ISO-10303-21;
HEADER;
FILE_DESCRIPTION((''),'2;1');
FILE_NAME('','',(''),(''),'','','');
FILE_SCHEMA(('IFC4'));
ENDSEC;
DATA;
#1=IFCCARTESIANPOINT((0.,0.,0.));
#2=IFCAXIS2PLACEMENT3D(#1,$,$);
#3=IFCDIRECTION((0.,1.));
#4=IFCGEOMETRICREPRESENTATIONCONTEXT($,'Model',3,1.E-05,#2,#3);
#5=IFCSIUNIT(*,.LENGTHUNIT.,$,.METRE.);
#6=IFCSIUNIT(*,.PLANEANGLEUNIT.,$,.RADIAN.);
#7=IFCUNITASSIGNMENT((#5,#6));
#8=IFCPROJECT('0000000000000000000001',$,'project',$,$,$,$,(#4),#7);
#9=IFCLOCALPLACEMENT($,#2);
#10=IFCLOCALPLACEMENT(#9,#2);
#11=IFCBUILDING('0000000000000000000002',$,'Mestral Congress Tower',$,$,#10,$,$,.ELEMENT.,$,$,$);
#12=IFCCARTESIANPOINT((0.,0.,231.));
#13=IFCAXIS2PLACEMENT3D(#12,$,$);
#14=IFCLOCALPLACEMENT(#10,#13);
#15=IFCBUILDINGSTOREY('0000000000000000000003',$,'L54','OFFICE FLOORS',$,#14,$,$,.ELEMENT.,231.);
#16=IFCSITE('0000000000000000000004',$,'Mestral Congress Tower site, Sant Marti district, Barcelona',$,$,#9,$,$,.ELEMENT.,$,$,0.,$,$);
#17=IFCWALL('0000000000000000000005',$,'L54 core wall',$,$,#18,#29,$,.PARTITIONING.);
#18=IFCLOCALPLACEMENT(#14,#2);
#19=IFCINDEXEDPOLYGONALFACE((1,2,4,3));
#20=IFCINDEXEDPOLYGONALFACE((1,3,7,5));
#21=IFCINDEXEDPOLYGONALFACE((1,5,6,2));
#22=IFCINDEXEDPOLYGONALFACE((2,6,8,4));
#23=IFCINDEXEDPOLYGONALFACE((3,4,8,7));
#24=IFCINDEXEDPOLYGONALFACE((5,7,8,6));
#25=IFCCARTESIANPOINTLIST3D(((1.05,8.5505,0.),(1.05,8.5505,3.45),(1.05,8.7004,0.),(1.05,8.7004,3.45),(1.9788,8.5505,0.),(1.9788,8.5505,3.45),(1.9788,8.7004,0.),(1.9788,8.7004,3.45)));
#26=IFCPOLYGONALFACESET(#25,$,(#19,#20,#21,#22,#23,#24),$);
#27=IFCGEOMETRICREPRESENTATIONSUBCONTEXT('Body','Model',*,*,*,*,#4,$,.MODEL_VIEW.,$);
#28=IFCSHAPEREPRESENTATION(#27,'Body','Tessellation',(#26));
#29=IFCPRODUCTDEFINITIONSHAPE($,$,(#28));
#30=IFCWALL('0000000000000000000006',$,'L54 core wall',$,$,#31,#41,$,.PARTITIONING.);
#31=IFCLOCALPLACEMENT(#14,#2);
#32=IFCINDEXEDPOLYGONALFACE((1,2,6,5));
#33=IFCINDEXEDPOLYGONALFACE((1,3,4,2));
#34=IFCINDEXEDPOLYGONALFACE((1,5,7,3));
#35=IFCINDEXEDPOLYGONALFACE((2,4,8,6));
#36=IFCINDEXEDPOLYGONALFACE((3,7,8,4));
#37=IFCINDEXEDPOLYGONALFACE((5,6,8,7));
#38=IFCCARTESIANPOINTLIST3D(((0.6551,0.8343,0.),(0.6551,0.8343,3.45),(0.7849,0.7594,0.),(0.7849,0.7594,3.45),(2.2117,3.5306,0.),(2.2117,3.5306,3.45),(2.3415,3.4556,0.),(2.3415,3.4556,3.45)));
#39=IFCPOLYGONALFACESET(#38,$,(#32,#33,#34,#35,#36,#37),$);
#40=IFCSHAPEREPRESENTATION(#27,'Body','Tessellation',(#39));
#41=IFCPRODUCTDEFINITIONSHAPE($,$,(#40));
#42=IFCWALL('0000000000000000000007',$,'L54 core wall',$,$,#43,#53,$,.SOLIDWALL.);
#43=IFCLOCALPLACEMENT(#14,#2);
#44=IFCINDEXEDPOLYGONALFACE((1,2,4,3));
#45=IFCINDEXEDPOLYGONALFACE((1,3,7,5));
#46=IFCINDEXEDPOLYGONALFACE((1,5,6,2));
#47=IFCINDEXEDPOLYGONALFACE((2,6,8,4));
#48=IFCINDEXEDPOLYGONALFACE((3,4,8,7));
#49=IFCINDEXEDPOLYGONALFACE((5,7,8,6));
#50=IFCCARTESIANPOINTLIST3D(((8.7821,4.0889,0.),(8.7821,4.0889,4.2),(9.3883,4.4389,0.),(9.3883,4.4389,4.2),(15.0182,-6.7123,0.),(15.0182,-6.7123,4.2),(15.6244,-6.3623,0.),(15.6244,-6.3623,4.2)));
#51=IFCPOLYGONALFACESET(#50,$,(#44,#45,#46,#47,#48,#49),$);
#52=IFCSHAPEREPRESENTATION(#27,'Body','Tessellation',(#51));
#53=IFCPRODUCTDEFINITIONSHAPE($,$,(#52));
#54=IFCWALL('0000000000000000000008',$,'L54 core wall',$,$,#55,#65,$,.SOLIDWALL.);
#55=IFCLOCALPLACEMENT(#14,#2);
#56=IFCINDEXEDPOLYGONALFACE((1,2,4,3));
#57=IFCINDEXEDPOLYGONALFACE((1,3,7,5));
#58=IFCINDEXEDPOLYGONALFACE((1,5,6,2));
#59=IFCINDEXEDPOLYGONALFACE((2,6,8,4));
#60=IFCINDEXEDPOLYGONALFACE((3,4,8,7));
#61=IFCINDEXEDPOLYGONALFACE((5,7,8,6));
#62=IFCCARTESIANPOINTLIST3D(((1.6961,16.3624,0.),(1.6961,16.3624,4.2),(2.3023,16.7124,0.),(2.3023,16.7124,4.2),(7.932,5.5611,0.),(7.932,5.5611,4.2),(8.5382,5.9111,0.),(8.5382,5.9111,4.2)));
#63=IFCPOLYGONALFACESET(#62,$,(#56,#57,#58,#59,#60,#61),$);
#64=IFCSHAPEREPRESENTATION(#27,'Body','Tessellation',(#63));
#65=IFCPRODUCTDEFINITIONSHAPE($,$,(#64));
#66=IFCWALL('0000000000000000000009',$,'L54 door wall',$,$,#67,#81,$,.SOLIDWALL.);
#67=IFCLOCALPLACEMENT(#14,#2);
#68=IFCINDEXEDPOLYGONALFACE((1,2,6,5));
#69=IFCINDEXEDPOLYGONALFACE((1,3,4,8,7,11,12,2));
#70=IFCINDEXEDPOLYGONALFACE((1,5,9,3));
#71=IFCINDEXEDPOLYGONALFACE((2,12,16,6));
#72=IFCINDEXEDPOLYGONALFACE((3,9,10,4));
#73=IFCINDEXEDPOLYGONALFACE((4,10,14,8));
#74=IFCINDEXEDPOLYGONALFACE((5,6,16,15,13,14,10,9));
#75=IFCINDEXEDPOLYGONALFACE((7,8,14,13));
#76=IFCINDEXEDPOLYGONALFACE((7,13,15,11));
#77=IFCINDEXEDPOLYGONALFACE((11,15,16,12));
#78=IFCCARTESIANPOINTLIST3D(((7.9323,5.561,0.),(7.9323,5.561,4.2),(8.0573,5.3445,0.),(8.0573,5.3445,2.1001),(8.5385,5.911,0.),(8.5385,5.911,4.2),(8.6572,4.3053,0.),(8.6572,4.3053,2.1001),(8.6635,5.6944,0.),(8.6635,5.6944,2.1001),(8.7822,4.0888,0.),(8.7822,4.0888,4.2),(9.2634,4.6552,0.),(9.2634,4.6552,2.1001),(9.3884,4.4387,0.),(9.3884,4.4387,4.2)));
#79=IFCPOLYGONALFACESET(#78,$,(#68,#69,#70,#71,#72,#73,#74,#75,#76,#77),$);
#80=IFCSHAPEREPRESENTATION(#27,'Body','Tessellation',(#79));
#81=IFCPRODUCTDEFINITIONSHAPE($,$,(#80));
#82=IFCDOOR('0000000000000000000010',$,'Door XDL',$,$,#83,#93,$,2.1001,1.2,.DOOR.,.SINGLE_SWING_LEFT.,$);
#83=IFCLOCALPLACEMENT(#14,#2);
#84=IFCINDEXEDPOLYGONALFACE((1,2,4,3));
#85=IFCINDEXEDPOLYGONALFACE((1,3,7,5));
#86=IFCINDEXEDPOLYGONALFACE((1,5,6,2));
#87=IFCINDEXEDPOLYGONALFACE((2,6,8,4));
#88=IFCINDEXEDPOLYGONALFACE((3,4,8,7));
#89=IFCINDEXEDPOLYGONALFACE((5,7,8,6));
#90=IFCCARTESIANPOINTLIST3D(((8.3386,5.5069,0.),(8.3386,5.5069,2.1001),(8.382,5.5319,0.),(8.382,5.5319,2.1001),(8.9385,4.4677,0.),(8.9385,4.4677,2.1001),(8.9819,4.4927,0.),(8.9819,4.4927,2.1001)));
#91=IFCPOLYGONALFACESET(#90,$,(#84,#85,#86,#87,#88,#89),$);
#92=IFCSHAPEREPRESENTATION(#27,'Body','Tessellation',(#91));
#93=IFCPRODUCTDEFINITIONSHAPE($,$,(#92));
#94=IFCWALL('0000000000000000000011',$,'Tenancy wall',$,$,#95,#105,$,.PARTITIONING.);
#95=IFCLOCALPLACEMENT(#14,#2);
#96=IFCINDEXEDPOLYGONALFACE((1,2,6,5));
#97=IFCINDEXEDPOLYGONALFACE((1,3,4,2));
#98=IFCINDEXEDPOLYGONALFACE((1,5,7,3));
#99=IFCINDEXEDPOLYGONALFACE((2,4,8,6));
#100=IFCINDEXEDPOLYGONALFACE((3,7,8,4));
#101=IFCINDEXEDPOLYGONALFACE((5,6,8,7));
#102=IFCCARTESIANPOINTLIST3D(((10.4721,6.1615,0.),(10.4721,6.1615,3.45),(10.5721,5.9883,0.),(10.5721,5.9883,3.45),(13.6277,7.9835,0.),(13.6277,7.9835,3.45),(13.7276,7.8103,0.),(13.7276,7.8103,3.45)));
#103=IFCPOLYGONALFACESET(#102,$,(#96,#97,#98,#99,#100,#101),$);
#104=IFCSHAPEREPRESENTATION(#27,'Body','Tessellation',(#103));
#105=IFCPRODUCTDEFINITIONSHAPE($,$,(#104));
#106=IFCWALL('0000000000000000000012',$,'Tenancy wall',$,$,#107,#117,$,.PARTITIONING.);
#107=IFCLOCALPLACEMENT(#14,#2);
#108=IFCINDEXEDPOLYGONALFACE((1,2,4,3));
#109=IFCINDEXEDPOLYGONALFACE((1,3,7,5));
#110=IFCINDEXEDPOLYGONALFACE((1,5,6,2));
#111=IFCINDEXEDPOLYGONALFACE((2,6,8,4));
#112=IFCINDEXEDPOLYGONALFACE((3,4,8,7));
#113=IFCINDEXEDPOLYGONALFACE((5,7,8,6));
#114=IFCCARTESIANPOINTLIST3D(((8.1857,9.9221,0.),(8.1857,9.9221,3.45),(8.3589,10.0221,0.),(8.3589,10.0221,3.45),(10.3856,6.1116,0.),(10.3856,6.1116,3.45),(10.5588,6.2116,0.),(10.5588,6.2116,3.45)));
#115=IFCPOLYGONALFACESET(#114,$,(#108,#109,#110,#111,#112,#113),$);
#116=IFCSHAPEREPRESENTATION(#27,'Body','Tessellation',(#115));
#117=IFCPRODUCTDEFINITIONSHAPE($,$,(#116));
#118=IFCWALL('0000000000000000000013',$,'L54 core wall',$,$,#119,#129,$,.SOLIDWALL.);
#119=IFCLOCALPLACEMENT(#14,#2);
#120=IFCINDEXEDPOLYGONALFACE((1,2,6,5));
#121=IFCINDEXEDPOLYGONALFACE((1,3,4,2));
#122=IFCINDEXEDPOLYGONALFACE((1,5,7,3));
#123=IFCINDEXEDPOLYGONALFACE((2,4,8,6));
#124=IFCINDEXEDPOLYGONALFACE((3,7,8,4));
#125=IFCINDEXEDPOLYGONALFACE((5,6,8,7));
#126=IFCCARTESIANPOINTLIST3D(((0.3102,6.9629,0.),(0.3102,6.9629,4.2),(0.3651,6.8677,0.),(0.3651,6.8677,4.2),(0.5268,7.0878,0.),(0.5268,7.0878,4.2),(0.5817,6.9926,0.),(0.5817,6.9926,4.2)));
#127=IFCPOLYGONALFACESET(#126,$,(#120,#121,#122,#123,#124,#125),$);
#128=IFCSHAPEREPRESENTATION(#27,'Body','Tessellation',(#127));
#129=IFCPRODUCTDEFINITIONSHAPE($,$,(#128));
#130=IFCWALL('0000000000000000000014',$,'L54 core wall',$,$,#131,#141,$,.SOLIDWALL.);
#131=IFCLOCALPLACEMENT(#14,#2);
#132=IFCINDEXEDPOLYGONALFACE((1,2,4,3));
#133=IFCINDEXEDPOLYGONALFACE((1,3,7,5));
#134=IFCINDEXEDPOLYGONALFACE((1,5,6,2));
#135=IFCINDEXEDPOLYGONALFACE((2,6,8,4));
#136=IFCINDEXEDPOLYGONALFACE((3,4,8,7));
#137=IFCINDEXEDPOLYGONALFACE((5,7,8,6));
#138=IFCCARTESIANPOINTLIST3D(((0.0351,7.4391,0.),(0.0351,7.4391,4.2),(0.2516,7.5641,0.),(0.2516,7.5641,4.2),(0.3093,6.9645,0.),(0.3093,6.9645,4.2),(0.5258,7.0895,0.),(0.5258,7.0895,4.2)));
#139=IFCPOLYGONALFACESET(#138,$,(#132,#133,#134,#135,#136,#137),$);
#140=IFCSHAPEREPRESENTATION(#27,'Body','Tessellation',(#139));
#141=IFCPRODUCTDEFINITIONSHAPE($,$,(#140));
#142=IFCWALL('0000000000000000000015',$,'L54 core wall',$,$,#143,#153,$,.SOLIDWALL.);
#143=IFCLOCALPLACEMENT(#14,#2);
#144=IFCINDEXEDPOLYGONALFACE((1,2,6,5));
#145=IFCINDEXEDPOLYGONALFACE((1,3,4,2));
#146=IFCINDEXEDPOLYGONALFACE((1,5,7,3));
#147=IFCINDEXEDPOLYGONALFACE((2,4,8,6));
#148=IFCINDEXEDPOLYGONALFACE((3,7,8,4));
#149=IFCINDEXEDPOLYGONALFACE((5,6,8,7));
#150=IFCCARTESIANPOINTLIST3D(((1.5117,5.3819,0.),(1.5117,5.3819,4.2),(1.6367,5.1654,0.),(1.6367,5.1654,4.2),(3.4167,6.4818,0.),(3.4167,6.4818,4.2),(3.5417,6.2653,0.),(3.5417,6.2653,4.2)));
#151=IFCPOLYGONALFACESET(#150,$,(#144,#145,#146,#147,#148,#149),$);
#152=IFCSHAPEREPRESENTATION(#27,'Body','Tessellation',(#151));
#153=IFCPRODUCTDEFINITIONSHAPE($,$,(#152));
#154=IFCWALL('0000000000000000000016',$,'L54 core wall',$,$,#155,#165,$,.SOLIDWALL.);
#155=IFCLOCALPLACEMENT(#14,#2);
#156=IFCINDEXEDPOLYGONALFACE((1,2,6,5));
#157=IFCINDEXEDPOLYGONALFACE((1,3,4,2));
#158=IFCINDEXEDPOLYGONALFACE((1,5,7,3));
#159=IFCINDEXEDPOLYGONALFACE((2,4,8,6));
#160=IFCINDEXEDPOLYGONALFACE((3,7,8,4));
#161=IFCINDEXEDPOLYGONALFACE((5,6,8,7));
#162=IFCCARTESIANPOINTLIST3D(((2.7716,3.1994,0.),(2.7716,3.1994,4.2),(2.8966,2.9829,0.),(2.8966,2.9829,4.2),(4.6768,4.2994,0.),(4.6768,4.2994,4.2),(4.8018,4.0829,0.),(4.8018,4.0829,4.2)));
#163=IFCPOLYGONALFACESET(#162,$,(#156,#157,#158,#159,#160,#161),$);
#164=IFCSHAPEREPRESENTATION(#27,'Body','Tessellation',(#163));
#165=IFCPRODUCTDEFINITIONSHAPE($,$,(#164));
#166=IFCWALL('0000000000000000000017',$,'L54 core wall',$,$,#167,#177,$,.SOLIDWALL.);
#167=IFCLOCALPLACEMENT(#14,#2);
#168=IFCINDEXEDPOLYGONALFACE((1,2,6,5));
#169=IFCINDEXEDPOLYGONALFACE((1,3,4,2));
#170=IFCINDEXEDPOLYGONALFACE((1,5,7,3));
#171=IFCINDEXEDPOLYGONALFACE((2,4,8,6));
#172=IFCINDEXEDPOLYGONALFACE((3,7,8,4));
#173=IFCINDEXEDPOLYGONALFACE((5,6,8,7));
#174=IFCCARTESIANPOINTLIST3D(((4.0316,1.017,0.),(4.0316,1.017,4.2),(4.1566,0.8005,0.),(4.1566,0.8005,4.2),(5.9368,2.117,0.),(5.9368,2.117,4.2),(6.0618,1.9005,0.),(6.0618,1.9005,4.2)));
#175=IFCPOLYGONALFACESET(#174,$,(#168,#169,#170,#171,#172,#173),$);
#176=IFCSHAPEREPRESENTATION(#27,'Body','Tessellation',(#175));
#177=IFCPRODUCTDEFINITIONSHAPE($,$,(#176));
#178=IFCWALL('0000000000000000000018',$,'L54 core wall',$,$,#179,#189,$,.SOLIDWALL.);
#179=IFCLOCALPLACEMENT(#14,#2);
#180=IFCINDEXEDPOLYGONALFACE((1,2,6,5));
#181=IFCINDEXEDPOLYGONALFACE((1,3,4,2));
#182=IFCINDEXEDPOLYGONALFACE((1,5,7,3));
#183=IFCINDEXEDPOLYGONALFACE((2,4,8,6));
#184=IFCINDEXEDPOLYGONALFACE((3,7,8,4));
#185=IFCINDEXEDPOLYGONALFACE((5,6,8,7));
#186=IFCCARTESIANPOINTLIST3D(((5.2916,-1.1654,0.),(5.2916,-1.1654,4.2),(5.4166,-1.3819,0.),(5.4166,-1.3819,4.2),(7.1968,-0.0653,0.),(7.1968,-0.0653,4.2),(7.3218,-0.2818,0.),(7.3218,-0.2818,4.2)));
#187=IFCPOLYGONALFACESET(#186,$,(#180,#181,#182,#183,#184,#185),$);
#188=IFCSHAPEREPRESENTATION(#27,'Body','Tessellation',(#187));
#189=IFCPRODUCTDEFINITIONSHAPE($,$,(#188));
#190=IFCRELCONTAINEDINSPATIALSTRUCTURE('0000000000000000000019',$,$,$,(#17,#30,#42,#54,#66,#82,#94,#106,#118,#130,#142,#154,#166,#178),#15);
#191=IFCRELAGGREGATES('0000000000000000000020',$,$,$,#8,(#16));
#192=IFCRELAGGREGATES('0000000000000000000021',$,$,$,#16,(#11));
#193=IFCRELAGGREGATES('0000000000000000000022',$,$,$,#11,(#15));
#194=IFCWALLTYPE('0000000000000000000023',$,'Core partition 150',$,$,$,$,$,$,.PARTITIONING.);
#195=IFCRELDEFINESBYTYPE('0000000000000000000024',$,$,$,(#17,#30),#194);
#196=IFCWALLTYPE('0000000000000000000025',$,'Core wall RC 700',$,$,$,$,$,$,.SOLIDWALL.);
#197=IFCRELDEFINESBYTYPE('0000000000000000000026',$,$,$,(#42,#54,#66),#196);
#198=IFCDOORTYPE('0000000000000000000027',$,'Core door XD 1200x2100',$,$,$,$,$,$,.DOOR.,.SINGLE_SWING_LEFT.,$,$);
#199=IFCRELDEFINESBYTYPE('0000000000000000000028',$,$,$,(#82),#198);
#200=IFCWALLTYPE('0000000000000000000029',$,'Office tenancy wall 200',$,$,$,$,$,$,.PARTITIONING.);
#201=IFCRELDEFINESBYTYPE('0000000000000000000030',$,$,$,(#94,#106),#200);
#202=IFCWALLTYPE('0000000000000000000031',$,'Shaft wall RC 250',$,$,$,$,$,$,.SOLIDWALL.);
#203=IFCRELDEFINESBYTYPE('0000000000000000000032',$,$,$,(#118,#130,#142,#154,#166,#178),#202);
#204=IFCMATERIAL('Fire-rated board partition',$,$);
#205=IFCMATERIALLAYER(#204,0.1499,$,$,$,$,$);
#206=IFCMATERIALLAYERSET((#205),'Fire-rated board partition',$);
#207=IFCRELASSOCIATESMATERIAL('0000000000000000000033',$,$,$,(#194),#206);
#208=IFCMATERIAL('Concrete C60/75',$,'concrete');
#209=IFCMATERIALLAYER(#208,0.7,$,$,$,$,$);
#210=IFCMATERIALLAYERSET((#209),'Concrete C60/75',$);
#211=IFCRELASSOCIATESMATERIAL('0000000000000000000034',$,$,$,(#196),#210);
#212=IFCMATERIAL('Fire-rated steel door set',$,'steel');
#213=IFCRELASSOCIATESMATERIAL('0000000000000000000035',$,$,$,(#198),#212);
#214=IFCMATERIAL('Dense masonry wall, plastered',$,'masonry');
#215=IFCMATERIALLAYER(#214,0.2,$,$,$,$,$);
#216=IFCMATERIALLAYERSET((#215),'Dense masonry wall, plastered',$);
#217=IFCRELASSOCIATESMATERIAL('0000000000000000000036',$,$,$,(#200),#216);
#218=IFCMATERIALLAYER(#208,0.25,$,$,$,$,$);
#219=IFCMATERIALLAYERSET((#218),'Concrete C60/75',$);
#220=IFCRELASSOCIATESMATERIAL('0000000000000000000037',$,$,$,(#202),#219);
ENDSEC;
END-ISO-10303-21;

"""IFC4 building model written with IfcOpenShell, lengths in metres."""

from ifc_helpers import new_model, si_unit, direction, frame, frame_2d, origin, place, context, subcontext, project, spatial, rectangle, extrude, material, layer, layer_set, type_object, element, fill, save


model = new_model("IFC4")

# Units and contexts
model_context = context("Model", 3, precision=1e-05, world=origin(), true_north=direction((0.0, 1.0)))
body_context = subcontext(model_context, "Body", "Model", "MODEL_VIEW")
ifc_project = project(units=[si_unit("LENGTHUNIT", "METRE"), si_unit("PLANEANGLEUNIT", "RADIAN")], contexts=[model_context])

# Site, building, storey
site_placement = place(None, origin())
site = spatial("IfcSite", under=ifc_project, at=site_placement, Name="Mestral Congress Tower site, Sant Marti district, Barcelona", CompositionType="ELEMENT", RefElevation=0.0)
building_placement = place(site_placement, origin())
building = spatial("IfcBuilding", under=site, at=building_placement, Name="Mestral Congress Tower", CompositionType="ELEMENT")
storey_placement = place(building_placement, frame((0.0, 0.0, 231.0)))
storey = spatial("IfcBuildingStorey", under=building, at=storey_placement, Name="L54", Description="OFFICE FLOORS", CompositionType="ELEMENT", Elevation=231.0)

# Walls
ifc_material_1 = material(Name="Fire-rated board partition")
ifc_layer_1 = layer(ifc_material_1, 0.1499)
ifc_layer_set_1 = layer_set([ifc_layer_1], Name="Fire-rated board partition")
wall_type_1 = type_object("IfcWallType", Name="Core partition 150", PredefinedType="PARTITIONING", material=ifc_layer_set_1)
wall_1_placement = place(storey_placement, frame((1.05, 8.6255, 0.0), z_axis=(0.0, 0.0, 1.0), x_axis=(1.0, 0.0, 0.0)))
element("IfcWall", 1, at=wall_1_placement, inside=storey, type_object=wall_type_1, Name="L54 core wall", PredefinedType="PARTITIONING", context=body_context, shape_type="SweptSolid", body=[
    extrude(rectangle(XDim=0.9287, YDim=0.1499, at=frame_2d((0.4644, 0.0))), origin(), (0.0, 0.0, 1.0), 3.45),
])
wall_2_placement = place(storey_placement, frame((0.72, 0.7969, 0.0), z_axis=(0.0, 0.0, 1.0), x_axis=(0.499985, 0.866034, 0.0)))
element("IfcWall", 2, at=wall_2_placement, inside=storey, type_object=wall_type_1, Name="L54 core wall", PredefinedType="PARTITIONING", context=body_context, shape_type="SweptSolid", body=[
    extrude(rectangle(XDim=3.1133, YDim=0.1499, at=frame_2d((1.5566, 0.0))), origin(), (0.0, 0.0, 1.0), 3.45),
])
ifc_material_2 = material(Name="Concrete C60/75", Category="concrete")
ifc_layer_2 = layer(ifc_material_2, 0.7)
ifc_layer_set_2 = layer_set([ifc_layer_2], Name="Concrete C60/75")
wall_type_2 = type_object("IfcWallType", Name="Core wall RC 700", PredefinedType="SOLIDWALL", material=ifc_layer_set_2)
for number, where, z_axis, x_axis, name in (
    (3, (9.0852, 4.2639, 0.0), (0.0, 0.0, 1.0), (0.499998, -0.866027, 0.0), "L54 core wall"),
    (4, (8.2351, 5.7361, 0.0), (0.0, 0.0, 1.0), (-0.499983, 0.866035, 0.0), "L54 core wall"),
):
    element("IfcWall", number, at=place(storey_placement, frame(where, z_axis=z_axis, x_axis=x_axis)), inside=storey, type_object=wall_type_2, Name=name, PredefinedType="SOLIDWALL", context=body_context, shape_type="SweptSolid", body=[
        extrude(rectangle(XDim=12.4722, YDim=0.7, at=frame_2d((6.2361, 0.0))), origin(), (0.0, 0.0, 1.0), 4.2),
    ])

# Wall, opening, door
wall_3_placement = place(storey_placement, frame((8.2354, 5.7361, 0.0), z_axis=(0.0, 0.0, 1.0), x_axis=(0.499955, -0.866052, 0.0)))
wall_3 = element("IfcWall", 5, at=wall_3_placement, inside=storey, type_object=wall_type_2, Name="L54 door wall", PredefinedType="SOLIDWALL", context=body_context, shape_type="SweptSolid", body=[
    extrude(rectangle(XDim=1.7, YDim=0.7, at=frame_2d((0.8501, 0.0))), origin(), (0.0, 0.0, 1.0), 4.2),
])
opening_1_placement = place(wall_3_placement, frame((0.25, 0.0, 0.0)))
opening_1 = element("IfcOpeningElement", 6, at=opening_1_placement, cuts=wall_3, PredefinedType="OPENING", context=body_context, shape_type="SweptSolid", body=[
    extrude(rectangle(XDim=1.2, YDim=2.1001, at=frame_2d((0.6001, 1.05))), frame((0.0, 0.3599, 0.0), z_axis=(0.0, -1.0, 0.0), x_axis=(1.0, 0.0, 0.0)), (0.0, 0.0, 1.0), 0.72),
])
ifc_material_3 = material(Name="Fire-rated steel door set", Category="steel")
door_type_1 = type_object("IfcDoorType", Name="Core door XD 1200x2100", OperationType="SINGLE_SWING_LEFT", PredefinedType="DOOR", material=ifc_material_3)
door_1_placement = place(opening_1_placement, origin())
door_1 = element("IfcDoor", 7, at=door_1_placement, inside=storey, type_object=door_type_1, Name="Door XDL", OperationType="SINGLE_SWING_LEFT", OverallHeight=2.1001, OverallWidth=1.2, PredefinedType="DOOR", context=body_context, shape_type="SweptSolid", body=[
    extrude(rectangle(XDim=1.2, YDim=2.1001, at=frame_2d((0.6001, 1.05))), frame((0.0, 0.0249, 0.0), z_axis=(0.0, -1.0, 0.0), x_axis=(1.0, 0.0, 0.0)), (0.0, 0.0, 1.0), 0.05),
])
fill(opening_1, door_1)

# Walls
ifc_material_4 = material(Name="Dense masonry wall, plastered", Category="masonry")
ifc_layer_3 = layer(ifc_material_4, 0.2)
ifc_layer_set_3 = layer_set([ifc_layer_3], Name="Dense masonry wall, plastered")
wall_type_3 = type_object("IfcWallType", Name="Office tenancy wall 200", PredefinedType="PARTITIONING", material=ifc_layer_set_3)
wall_4_placement = place(storey_placement, frame((10.5222, 6.075, 0.0), z_axis=(0.0, 0.0, 1.0), x_axis=(0.866004, 0.500038, 0.0)))
element("IfcWall", 8, at=wall_4_placement, inside=storey, type_object=wall_type_3, Name="Tenancy wall", PredefinedType="PARTITIONING", context=body_context, shape_type="SweptSolid", body=[
    extrude(rectangle(XDim=3.6438, YDim=0.2, at=frame_2d((1.8218, 0.0))), origin(), (0.0, 0.0, 1.0), 3.45),
])
wall_5_placement = place(storey_placement, frame((10.4722, 6.1616, 0.0), z_axis=(0.0, 0.0, 1.0), x_axis=(-0.499988, 0.866032, 0.0)))
element("IfcWall", 9, at=wall_5_placement, inside=storey, type_object=wall_type_3, Name="Tenancy wall", PredefinedType="PARTITIONING", context=body_context, shape_type="SweptSolid", body=[
    extrude(rectangle(XDim=4.3999, YDim=0.2, at=frame_2d((2.2, 0.0))), origin(), (0.0, 0.0, 1.0), 3.45),
])
ifc_layer_4 = layer(ifc_material_2, 0.25)
ifc_layer_set_4 = layer_set([ifc_layer_4], Name="Concrete C60/75")
wall_type_4 = type_object("IfcWallType", Name="Shaft wall RC 250", PredefinedType="SOLIDWALL", material=ifc_layer_set_4)
wall_6_placement = place(storey_placement, frame((0.4734, 6.9302, 0.0), z_axis=(0.0, 0.0, 1.0), x_axis=(-0.499722, 0.866186, 0.0)))
element("IfcWall", 10, at=wall_6_placement, inside=storey, type_object=wall_type_4, Name="L54 core wall", PredefinedType="SOLIDWALL", context=body_context, shape_type="SweptSolid", body=[
    extrude(rectangle(XDim=0.1099, YDim=0.25, at=frame_2d((0.0549, 0.0))), origin(), (0.0, 0.0, 1.0), 4.2),
])
wall_7_placement = place(storey_placement, frame((0.4175, 7.0271, 0.0), z_axis=(0.0, 0.0, 1.0), x_axis=(-0.500211, 0.865904, 0.0)))
element("IfcWall", 11, at=wall_7_placement, inside=storey, type_object=wall_type_4, Name="L54 core wall", PredefinedType="SOLIDWALL", context=body_context, shape_type="SweptSolid", body=[
    extrude(rectangle(XDim=0.5481, YDim=0.25, at=frame_2d((0.2739, 0.0))), origin(), (0.0, 0.0, 1.0), 4.2),
])
wall_8_placement = place(storey_placement, frame((1.5742, 5.2737, 0.0), z_axis=(0.0, 0.0, 1.0), x_axis=(0.866028, 0.499995, 0.0)))
element("IfcWall", 12, at=wall_8_placement, inside=storey, type_object=wall_type_4, Name="L54 core wall", PredefinedType="SOLIDWALL", context=body_context, shape_type="SweptSolid", body=[
    extrude(rectangle(XDim=2.1997, YDim=0.25, at=frame_2d((1.0999, 0.0))), origin(), (0.0, 0.0, 1.0), 4.2),
])
for number, where, z_axis, x_axis, name in (
    (13, (2.834, 3.0911, 0.0), (0.0, 0.0, 1.0), (0.866008, 0.50003, 0.0), "L54 core wall"),
    (14, (4.094, 0.9087, 0.0), (0.0, 0.0, 1.0), (0.866008, 0.50003, 0.0), "L54 core wall"),
    (15, (5.354, -1.2737, 0.0), (0.0, 0.0, 1.0), (0.866008, 0.50003, 0.0), "L54 core wall"),
):
    element("IfcWall", number, at=place(storey_placement, frame(where, z_axis=z_axis, x_axis=x_axis)), inside=storey, type_object=wall_type_4, Name=name, PredefinedType="SOLIDWALL", context=body_context, shape_type="SweptSolid", body=[
        extrude(rectangle(XDim=2.2, YDim=0.25, at=frame_2d((1.1001, 0.0))), origin(), (0.0, 0.0, 1.0), 4.2),
    ])

save(model, "model.ifc")
